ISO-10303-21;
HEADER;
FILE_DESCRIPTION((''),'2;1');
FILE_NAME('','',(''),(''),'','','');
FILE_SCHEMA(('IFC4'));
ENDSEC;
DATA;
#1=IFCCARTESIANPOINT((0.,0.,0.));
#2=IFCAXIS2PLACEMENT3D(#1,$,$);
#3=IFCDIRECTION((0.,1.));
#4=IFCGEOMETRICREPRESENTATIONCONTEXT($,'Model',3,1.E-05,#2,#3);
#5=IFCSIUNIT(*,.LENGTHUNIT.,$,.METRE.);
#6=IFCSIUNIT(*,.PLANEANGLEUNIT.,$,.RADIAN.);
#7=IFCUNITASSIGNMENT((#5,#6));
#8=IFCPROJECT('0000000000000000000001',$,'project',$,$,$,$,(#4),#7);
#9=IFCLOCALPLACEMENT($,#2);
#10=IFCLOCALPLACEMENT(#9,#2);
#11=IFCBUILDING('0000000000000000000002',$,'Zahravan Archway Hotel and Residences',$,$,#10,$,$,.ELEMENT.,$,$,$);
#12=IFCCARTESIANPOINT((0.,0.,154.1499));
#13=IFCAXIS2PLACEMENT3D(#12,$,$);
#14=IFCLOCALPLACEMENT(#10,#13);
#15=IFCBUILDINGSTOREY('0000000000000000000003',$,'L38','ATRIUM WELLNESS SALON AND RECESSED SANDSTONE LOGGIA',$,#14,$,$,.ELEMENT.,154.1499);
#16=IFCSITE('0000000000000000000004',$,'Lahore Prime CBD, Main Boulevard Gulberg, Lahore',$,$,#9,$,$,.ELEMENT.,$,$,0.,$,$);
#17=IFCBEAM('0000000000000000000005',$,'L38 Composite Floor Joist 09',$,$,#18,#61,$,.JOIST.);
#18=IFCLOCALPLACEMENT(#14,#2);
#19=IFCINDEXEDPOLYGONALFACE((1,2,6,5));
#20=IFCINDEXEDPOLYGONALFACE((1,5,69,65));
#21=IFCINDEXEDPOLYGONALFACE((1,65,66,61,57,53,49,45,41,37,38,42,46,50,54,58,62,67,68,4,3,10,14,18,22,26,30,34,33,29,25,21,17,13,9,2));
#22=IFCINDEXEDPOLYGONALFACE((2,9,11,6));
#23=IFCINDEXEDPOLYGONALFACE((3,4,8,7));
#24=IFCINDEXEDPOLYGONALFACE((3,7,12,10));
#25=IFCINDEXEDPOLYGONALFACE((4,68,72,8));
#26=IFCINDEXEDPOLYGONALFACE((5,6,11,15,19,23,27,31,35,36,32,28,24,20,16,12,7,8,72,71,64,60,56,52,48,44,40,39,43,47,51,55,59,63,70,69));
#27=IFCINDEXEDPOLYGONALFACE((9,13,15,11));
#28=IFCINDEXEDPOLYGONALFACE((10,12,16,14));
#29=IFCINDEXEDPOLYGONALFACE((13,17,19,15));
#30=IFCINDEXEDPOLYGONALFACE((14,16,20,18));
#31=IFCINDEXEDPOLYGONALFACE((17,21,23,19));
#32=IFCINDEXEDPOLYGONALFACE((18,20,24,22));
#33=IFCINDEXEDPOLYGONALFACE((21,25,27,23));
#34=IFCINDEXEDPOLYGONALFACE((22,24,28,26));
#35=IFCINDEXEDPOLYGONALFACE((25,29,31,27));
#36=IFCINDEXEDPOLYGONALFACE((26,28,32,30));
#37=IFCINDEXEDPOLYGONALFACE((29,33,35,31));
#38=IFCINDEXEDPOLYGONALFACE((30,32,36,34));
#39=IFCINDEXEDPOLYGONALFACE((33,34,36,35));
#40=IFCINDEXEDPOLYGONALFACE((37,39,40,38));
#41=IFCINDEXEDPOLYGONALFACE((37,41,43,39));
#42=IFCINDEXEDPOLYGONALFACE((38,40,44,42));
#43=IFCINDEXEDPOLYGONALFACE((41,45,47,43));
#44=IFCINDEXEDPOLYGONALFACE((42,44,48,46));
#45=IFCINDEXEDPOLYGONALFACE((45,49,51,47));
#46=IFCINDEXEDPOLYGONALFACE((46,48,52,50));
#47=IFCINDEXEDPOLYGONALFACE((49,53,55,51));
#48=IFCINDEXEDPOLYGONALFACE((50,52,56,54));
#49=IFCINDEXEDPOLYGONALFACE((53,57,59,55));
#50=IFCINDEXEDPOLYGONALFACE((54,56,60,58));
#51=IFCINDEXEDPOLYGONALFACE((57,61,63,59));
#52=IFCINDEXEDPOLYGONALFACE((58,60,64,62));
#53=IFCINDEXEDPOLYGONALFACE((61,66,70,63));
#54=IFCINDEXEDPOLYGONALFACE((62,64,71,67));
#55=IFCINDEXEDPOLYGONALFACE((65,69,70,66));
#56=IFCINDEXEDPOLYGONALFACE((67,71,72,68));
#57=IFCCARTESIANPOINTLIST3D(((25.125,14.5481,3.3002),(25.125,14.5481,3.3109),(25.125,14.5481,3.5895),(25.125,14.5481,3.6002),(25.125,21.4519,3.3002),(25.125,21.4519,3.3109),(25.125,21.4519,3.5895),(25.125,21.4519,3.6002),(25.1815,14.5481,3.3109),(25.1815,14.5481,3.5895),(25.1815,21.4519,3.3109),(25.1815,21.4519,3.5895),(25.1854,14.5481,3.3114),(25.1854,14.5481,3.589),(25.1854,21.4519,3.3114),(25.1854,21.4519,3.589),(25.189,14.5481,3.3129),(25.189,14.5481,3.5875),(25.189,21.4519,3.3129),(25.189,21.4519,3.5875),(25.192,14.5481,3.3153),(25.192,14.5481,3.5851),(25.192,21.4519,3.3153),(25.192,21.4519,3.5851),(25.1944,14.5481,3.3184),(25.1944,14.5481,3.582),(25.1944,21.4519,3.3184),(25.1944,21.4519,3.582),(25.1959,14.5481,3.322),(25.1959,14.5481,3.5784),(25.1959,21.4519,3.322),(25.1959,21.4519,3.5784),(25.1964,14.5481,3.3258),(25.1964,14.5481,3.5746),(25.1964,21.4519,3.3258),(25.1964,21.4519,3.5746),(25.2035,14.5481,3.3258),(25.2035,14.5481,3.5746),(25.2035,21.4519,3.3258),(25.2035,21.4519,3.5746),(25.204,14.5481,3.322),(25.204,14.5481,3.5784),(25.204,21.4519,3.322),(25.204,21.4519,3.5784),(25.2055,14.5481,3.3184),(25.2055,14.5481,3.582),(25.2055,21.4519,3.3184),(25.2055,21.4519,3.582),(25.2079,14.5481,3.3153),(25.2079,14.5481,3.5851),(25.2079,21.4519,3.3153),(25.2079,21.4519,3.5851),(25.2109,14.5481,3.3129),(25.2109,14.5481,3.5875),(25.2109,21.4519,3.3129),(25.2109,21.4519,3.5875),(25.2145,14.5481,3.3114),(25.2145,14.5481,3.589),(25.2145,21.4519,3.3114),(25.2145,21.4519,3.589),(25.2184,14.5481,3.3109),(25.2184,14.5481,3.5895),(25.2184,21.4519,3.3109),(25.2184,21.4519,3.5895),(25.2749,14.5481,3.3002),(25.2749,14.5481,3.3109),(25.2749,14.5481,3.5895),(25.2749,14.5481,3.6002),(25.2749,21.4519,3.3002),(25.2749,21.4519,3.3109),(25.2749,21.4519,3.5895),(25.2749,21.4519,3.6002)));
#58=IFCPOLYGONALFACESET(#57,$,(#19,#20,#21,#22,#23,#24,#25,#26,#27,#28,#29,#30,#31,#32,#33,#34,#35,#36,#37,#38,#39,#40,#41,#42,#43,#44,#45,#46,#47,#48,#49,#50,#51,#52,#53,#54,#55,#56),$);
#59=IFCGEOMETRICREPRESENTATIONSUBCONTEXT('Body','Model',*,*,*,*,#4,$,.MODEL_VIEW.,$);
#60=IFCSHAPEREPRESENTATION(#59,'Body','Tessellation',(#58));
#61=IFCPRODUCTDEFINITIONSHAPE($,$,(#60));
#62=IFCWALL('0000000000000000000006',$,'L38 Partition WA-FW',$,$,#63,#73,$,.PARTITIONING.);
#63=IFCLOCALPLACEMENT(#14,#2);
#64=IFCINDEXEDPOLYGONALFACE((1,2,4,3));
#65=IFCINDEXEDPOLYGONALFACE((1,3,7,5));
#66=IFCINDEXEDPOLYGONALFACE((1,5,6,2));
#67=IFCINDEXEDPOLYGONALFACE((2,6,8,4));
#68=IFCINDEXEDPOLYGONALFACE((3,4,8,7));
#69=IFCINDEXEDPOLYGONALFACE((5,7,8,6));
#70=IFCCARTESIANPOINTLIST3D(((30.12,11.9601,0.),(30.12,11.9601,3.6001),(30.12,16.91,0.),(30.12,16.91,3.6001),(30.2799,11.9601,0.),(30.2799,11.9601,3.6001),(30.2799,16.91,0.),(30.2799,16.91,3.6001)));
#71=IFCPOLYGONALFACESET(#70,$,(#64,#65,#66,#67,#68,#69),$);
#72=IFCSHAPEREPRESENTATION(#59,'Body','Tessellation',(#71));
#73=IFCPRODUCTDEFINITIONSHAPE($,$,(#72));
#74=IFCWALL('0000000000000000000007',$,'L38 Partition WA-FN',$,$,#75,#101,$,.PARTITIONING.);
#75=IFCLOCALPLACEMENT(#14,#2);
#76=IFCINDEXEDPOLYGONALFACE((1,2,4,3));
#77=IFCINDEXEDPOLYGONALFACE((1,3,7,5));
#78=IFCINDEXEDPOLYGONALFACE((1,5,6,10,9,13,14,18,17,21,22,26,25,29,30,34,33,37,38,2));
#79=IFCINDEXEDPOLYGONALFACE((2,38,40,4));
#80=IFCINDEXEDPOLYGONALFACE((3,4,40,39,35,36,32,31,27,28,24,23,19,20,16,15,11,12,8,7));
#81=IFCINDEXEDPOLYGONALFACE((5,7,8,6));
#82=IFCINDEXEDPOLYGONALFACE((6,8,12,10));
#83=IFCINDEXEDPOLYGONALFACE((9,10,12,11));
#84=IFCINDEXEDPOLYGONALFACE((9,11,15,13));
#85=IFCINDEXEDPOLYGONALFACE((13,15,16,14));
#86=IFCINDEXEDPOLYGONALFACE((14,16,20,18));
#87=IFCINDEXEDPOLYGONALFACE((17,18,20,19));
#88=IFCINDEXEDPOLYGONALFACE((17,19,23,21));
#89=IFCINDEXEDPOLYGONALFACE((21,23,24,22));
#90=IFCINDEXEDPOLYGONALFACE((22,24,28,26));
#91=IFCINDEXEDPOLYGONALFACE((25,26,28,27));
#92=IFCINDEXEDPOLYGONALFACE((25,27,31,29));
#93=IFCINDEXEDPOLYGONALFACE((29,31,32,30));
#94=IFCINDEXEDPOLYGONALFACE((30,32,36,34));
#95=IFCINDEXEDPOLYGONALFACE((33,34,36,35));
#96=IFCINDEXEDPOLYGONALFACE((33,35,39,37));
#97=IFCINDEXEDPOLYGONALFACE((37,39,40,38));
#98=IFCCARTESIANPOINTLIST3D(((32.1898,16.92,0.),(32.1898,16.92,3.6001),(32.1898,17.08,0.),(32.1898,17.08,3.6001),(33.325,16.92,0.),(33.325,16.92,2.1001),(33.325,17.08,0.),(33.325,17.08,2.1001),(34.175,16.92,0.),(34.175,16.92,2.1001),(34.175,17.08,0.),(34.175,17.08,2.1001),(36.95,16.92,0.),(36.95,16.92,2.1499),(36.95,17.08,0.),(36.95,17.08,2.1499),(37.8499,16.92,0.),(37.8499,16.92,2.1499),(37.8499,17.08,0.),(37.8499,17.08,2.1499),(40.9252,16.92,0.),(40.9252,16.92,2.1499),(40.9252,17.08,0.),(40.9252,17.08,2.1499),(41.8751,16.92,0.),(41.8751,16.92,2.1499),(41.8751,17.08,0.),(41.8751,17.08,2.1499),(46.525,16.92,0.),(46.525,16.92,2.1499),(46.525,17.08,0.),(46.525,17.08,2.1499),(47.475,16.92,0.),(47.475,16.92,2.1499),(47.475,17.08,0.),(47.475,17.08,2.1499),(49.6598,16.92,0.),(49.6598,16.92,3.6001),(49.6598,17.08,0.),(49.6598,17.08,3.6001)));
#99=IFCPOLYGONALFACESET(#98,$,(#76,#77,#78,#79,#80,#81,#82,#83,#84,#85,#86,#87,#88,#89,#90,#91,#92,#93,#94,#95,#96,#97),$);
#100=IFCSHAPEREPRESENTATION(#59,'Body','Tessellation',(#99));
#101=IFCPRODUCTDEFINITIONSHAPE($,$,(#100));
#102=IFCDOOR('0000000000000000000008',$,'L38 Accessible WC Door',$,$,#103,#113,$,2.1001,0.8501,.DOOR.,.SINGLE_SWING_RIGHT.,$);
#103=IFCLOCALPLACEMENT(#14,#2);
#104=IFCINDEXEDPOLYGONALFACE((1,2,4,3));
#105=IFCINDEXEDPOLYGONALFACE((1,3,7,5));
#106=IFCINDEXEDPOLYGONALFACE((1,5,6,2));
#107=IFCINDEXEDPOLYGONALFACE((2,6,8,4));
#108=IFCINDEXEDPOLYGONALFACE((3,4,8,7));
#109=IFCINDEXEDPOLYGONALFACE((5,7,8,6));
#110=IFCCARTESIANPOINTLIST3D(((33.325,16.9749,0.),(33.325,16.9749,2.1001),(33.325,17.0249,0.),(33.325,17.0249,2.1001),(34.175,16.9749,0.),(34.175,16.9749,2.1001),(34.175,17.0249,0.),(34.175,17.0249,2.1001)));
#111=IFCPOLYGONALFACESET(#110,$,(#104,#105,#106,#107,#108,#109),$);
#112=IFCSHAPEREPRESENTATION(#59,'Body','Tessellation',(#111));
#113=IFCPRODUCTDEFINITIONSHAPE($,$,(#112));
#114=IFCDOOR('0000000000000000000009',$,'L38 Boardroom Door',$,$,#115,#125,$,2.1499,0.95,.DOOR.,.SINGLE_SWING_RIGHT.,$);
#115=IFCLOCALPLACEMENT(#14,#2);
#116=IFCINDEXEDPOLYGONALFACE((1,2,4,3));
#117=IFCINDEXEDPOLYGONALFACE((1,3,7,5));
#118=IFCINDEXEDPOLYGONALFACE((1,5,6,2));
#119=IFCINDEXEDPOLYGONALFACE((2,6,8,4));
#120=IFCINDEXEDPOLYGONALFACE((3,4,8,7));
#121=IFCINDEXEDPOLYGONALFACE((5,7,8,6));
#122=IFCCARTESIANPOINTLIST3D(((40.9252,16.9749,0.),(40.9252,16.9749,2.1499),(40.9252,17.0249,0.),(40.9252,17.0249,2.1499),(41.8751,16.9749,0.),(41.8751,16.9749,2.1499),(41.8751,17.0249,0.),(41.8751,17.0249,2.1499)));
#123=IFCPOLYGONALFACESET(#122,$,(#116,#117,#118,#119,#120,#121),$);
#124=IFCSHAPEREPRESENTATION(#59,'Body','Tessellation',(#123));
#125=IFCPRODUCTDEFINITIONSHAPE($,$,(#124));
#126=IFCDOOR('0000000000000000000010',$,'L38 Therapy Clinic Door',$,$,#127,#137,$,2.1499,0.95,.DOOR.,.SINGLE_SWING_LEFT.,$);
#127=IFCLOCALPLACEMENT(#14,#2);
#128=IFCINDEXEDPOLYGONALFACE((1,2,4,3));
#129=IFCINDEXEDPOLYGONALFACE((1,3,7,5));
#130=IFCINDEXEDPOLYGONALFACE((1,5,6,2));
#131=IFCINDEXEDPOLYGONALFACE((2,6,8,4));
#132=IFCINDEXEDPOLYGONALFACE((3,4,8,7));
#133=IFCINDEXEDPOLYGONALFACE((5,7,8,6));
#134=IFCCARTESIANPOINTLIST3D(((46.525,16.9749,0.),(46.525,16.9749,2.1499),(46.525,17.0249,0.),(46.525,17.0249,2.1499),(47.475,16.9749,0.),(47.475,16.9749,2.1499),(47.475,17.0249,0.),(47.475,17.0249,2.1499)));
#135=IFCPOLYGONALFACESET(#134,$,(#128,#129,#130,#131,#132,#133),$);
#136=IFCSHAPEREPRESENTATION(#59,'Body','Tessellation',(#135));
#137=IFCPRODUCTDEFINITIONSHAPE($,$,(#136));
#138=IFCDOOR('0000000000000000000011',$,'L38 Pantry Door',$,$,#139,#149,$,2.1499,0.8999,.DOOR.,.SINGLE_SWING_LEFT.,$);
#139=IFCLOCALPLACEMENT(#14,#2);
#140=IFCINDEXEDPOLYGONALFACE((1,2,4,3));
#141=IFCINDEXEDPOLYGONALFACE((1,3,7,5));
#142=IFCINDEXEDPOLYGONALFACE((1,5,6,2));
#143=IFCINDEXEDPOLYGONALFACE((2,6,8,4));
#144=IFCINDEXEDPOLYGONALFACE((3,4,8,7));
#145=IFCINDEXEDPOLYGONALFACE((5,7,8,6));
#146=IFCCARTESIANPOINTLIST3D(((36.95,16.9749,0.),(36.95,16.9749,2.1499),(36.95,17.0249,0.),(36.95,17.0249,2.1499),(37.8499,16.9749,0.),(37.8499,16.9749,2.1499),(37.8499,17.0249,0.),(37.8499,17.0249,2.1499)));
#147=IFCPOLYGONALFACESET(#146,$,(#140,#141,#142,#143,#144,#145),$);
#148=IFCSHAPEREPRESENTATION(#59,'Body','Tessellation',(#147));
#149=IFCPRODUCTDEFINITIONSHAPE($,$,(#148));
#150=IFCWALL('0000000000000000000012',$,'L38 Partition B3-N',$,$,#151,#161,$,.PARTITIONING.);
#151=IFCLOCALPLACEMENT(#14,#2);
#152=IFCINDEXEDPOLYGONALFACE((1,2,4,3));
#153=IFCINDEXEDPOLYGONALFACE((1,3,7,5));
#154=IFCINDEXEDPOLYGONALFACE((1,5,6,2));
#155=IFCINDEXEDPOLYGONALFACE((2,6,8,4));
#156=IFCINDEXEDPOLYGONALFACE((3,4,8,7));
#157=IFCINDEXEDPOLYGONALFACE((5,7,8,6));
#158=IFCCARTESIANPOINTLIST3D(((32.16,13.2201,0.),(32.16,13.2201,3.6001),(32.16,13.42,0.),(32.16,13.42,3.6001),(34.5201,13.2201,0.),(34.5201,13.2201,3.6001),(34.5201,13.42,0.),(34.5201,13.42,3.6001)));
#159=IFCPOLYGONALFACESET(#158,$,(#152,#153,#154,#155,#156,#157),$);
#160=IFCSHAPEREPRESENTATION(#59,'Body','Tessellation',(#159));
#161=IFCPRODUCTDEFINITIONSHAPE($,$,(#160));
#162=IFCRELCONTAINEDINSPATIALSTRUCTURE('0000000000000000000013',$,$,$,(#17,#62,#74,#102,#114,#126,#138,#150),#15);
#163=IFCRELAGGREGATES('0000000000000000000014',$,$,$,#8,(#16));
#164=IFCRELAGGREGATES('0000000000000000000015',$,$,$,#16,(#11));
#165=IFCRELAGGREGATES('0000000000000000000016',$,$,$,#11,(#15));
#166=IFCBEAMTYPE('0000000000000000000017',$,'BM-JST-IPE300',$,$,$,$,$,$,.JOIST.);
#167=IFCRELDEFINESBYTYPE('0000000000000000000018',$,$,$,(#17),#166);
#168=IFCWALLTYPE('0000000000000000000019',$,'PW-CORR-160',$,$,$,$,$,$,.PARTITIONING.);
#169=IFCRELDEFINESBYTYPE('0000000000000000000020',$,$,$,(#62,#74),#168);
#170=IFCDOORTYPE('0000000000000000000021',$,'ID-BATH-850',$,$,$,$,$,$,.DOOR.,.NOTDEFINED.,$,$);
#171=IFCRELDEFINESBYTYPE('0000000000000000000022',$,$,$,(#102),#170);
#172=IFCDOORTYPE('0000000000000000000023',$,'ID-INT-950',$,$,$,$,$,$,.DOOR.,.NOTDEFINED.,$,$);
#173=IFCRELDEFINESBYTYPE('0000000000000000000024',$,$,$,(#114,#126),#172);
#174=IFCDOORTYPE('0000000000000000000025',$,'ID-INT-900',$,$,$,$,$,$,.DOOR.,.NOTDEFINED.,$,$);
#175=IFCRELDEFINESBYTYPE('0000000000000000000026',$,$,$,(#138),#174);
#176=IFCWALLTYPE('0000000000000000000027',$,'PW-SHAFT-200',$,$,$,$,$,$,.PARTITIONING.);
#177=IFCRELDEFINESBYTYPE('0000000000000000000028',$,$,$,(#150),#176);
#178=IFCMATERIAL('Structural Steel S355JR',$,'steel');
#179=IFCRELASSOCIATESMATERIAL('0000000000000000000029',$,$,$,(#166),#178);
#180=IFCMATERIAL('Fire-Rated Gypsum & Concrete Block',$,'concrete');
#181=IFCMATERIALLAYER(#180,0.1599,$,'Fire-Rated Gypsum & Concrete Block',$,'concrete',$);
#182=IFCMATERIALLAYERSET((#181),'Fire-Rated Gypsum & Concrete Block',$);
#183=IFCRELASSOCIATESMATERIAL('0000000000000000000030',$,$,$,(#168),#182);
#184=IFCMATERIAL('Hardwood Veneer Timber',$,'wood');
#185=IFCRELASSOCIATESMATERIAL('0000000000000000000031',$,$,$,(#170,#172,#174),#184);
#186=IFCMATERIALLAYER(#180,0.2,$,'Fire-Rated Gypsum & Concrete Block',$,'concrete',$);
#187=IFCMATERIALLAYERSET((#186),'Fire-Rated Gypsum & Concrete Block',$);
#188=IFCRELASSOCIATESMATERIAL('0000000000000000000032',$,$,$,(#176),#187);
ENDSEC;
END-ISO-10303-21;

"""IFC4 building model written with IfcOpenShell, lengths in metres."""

from ifc_helpers import new_model, si_unit, direction, frame, frame_2d, origin, origin_2d, place, context, subcontext, project, spatial, rectangle, i_section, extrude, source, transform, mapped, material, layer, layer_set, material_profile, profile_set, type_object, type_shapes, element, fill, save


model = new_model("IFC4")

# Units and contexts
model_context = context("Model", 3, precision=1e-05, world=origin(), true_north=direction((0.0, 1.0)))
body_context = subcontext(model_context, "Body", "Model", "MODEL_VIEW")
ifc_project = project(units=[si_unit("LENGTHUNIT", "METRE"), si_unit("PLANEANGLEUNIT", "RADIAN")], contexts=[model_context])

# Site, building, storey
site_placement = place(None, origin())
site = spatial("IfcSite", under=ifc_project, at=site_placement, Name="Lahore Prime CBD, Main Boulevard Gulberg, Lahore", CompositionType="ELEMENT", RefElevation=0.0)
building_placement = place(site_placement, origin())
building = spatial("IfcBuilding", under=site, at=building_placement, Name="Zahravan Archway Hotel and Residences", CompositionType="ELEMENT")
storey_placement = place(building_placement, frame((0.0, 0.0, 154.1499)))
storey = spatial("IfcBuildingStorey", under=building, at=storey_placement, Name="L38", Description="ATRIUM WELLNESS SALON AND RECESSED SANDSTONE LOGGIA", CompositionType="ELEMENT", Elevation=154.1499)

# Beam
ifc_material_1 = material(Name="Structural Steel S355JR", Category="steel")
ifc_material_profile_1 = material_profile(ifc_material_1, i_section(OverallWidth=0.1499, OverallDepth=0.3, WebThickness=0.0071, FlangeThickness=0.0107, FilletRadius=0.0149, at=origin_2d()), Name="IPE 300", Category="steel")
ifc_profile_set_1 = profile_set([ifc_material_profile_1], Name="Structural Steel S355JR")
beam_type_1 = type_object("IfcBeamType", Name="BM-JST-IPE300", PredefinedType="JOIST", material=ifc_profile_set_1)
shared_shape_1 = source(origin(), body_context, "Body", "SweptSolid", [
    extrude(i_section(OverallWidth=0.1499, OverallDepth=0.3, WebThickness=0.0071, FlangeThickness=0.0107, FilletRadius=0.0149, at=origin_2d()), origin(), (0.0, 0.0, 1.0), 6.9038),
])
beam_1_placement = place(storey_placement, frame((25.2, 14.5481, 3.4502), z_axis=(0.0, 1.0, 0.0), x_axis=(-1.0, 0.0, 0.0)))
element("IfcBeam", 1, at=beam_1_placement, inside=storey, type_object=beam_type_1, Name="L38 Composite Floor Joist 09", PredefinedType="JOIST", context=body_context, shape_type="MappedRepresentation", body=[
    mapped(shared_shape_1, transform((0.0, 0.0, 0.0), scale=1.0)),
])

# Wall
ifc_material_2 = material(Name="Fire-Rated Gypsum & Concrete Block", Category="concrete")
ifc_layer_1 = layer(ifc_material_2, 0.1599, Name="Fire-Rated Gypsum & Concrete Block", Category="concrete")
ifc_layer_set_1 = layer_set([ifc_layer_1], Name="Fire-Rated Gypsum & Concrete Block")
wall_type_1 = type_object("IfcWallType", Name="PW-CORR-160", PredefinedType="PARTITIONING", material=ifc_layer_set_1)
wall_1_placement = place(storey_placement, frame((30.2, 11.96, 0.0), z_axis=(0.0, 0.0, 1.0), x_axis=(0.0, 1.0, 0.0)))
element("IfcWall", 2, at=wall_1_placement, inside=storey, type_object=wall_type_1, Name="L38 Partition WA-FW", PredefinedType="PARTITIONING", context=body_context, shape_type="SweptSolid", body=[
    extrude(rectangle(XDim=4.95, YDim=0.1599, at=frame_2d((2.4751, 0.0))), origin(), (0.0, 0.0, 1.0), 3.6001),
])

# Wall, openings, doors
wall_2_placement = place(storey_placement, frame((32.1899, 17.0, 0.0), z_axis=(0.0, 0.0, 1.0), x_axis=(1.0, 0.0, 0.0)))
wall_2 = element("IfcWall", 3, at=wall_2_placement, inside=storey, type_object=wall_type_1, Name="L38 Partition WA-FN", PredefinedType="PARTITIONING", context=body_context, shape_type="SweptSolid", body=[
    extrude(rectangle(XDim=17.47, YDim=0.1599, at=frame_2d((8.7349, 0.0))), origin(), (0.0, 0.0, 1.0), 3.6001),
])
opening_1_placement = place(wall_2_placement, frame((1.135, 0.0, 0.0)))
opening_1 = element("IfcOpeningElement", 4, at=opening_1_placement, cuts=wall_2, PredefinedType="OPENING", context=body_context, shape_type="SweptSolid", body=[
    extrude(rectangle(XDim=0.8501, YDim=2.1001, at=frame_2d((0.425, 1.05))), frame((0.0, 0.0898, 0.0), z_axis=(0.0, -1.0, 0.0), x_axis=(1.0, 0.0, 0.0)), (0.0, 0.0, 1.0), 0.1799),
])
opening_2_placement = place(wall_2_placement, frame((4.76, 0.0, 0.0)))
opening_2 = element("IfcOpeningElement", 5, at=opening_2_placement, cuts=wall_2, PredefinedType="OPENING", context=body_context, shape_type="SweptSolid", body=[
    extrude(rectangle(XDim=0.8999, YDim=2.1499, at=frame_2d((0.45, 1.075))), frame((0.0, 0.0898, 0.0), z_axis=(0.0, -1.0, 0.0), x_axis=(1.0, 0.0, 0.0)), (0.0, 0.0, 1.0), 0.1799),
])
opening_3_placement = place(wall_2_placement, frame((8.7351, 0.0, 0.0)))
opening_3 = element("IfcOpeningElement", 6, at=opening_3_placement, cuts=wall_2, PredefinedType="OPENING", context=body_context, shape_type="SweptSolid", body=[
    extrude(rectangle(XDim=0.95, YDim=2.1499, at=frame_2d((0.4751, 1.075))), frame((0.0, 0.0898, 0.0), z_axis=(0.0, -1.0, 0.0), x_axis=(1.0, 0.0, 0.0)), (0.0, 0.0, 1.0), 0.1799),
])
opening_4_placement = place(wall_2_placement, frame((14.335, 0.0, 0.0)))
opening_4 = element("IfcOpeningElement", 7, at=opening_4_placement, cuts=wall_2, PredefinedType="OPENING", context=body_context, shape_type="SweptSolid", body=[
    extrude(rectangle(XDim=0.95, YDim=2.1499, at=frame_2d((0.4751, 1.075))), frame((0.0, 0.0898, 0.0), z_axis=(0.0, -1.0, 0.0), x_axis=(1.0, 0.0, 0.0)), (0.0, 0.0, 1.0), 0.1799),
])
ifc_material_3 = material(Name="Hardwood Veneer Timber", Category="wood")
door_type_1 = type_object("IfcDoorType", Name="ID-BATH-850", OperationType="NOTDEFINED", PredefinedType="DOOR", material=ifc_material_3)
shared_shape_2 = source(origin(), body_context, "Body", "SweptSolid", [
    extrude(rectangle(XDim=0.8501, YDim=2.1001, at=frame_2d((0.425, 1.05))), frame((0.0, 0.0249, 0.0), z_axis=(0.0, -1.0, 0.0), x_axis=(1.0, 0.0, 0.0)), (0.0, 0.0, 1.0), 0.05),
])
type_shapes(door_type_1, [shared_shape_2])
door_1_placement = place(opening_1_placement, origin())
door_1 = element("IfcDoor", 8, at=door_1_placement, inside=storey, type_object=door_type_1, Name="L38 Accessible WC Door", OperationType="SINGLE_SWING_RIGHT", OverallHeight=2.1001, OverallWidth=0.8501, PredefinedType="DOOR", context=body_context, shape_type="MappedRepresentation", body=[
    mapped(shared_shape_2, transform((0.0, 0.0, 0.0), scale=1.0)),
])
fill(opening_1, door_1)
door_type_2 = type_object("IfcDoorType", Name="ID-INT-950", OperationType="NOTDEFINED", PredefinedType="DOOR", material=ifc_material_3)
shared_shape_3 = source(origin(), body_context, "Body", "SweptSolid", [
    extrude(rectangle(XDim=0.95, YDim=2.1499, at=frame_2d((0.4751, 1.075))), frame((0.0, 0.0249, 0.0), z_axis=(0.0, -1.0, 0.0), x_axis=(1.0, 0.0, 0.0)), (0.0, 0.0, 1.0), 0.05),
])
type_shapes(door_type_2, [shared_shape_3])
door_2_placement = place(opening_3_placement, origin())
door_2 = element("IfcDoor", 9, at=door_2_placement, inside=storey, type_object=door_type_2, Name="L38 Boardroom Door", OperationType="SINGLE_SWING_RIGHT", OverallHeight=2.1499, OverallWidth=0.95, PredefinedType="DOOR", context=body_context, shape_type="MappedRepresentation", body=[
    mapped(shared_shape_3, transform((0.0, 0.0, 0.0), scale=1.0)),
])
fill(opening_3, door_2)
door_3_placement = place(opening_4_placement, origin())
door_3 = element("IfcDoor", 10, at=door_3_placement, inside=storey, type_object=door_type_2, Name="L38 Therapy Clinic Door", OperationType="SINGLE_SWING_LEFT", OverallHeight=2.1499, OverallWidth=0.95, PredefinedType="DOOR", context=body_context, shape_type="MappedRepresentation", body=[
    mapped(shared_shape_3, transform((0.0, 0.0, 0.0), scale=1.0)),
])
fill(opening_4, door_3)
door_type_3 = type_object("IfcDoorType", Name="ID-INT-900", OperationType="NOTDEFINED", PredefinedType="DOOR", material=ifc_material_3)
shared_shape_4 = source(origin(), body_context, "Body", "SweptSolid", [
    extrude(rectangle(XDim=0.8999, YDim=2.1499, at=frame_2d((0.45, 1.075))), frame((0.0, 0.0249, 0.0), z_axis=(0.0, -1.0, 0.0), x_axis=(1.0, 0.0, 0.0)), (0.0, 0.0, 1.0), 0.05),
])
type_shapes(door_type_3, [shared_shape_4])
door_4_placement = place(opening_2_placement, origin())
door_4 = element("IfcDoor", 11, at=door_4_placement, inside=storey, type_object=door_type_3, Name="L38 Pantry Door", OperationType="SINGLE_SWING_LEFT", OverallHeight=2.1499, OverallWidth=0.8999, PredefinedType="DOOR", context=body_context, shape_type="MappedRepresentation", body=[
    mapped(shared_shape_4, transform((0.0, 0.0, 0.0), scale=1.0)),
])
fill(opening_2, door_4)

# Wall
ifc_layer_2 = layer(ifc_material_2, 0.2, Name="Fire-Rated Gypsum & Concrete Block", Category="concrete")
ifc_layer_set_2 = layer_set([ifc_layer_2], Name="Fire-Rated Gypsum & Concrete Block")
wall_type_2 = type_object("IfcWallType", Name="PW-SHAFT-200", PredefinedType="PARTITIONING", material=ifc_layer_set_2)
wall_3_placement = place(storey_placement, frame((32.1599, 13.3201, 0.0), z_axis=(0.0, 0.0, 1.0), x_axis=(1.0, 0.0, 0.0)))
element("IfcWall", 12, at=wall_3_placement, inside=storey, type_object=wall_type_2, Name="L38 Partition B3-N", PredefinedType="PARTITIONING", context=body_context, shape_type="SweptSolid", body=[
    extrude(rectangle(XDim=2.3601, YDim=0.2, at=frame_2d((1.1802, 0.0))), origin(), (0.0, 0.0, 1.0), 3.6001),
])

save(model, "model.ifc")
